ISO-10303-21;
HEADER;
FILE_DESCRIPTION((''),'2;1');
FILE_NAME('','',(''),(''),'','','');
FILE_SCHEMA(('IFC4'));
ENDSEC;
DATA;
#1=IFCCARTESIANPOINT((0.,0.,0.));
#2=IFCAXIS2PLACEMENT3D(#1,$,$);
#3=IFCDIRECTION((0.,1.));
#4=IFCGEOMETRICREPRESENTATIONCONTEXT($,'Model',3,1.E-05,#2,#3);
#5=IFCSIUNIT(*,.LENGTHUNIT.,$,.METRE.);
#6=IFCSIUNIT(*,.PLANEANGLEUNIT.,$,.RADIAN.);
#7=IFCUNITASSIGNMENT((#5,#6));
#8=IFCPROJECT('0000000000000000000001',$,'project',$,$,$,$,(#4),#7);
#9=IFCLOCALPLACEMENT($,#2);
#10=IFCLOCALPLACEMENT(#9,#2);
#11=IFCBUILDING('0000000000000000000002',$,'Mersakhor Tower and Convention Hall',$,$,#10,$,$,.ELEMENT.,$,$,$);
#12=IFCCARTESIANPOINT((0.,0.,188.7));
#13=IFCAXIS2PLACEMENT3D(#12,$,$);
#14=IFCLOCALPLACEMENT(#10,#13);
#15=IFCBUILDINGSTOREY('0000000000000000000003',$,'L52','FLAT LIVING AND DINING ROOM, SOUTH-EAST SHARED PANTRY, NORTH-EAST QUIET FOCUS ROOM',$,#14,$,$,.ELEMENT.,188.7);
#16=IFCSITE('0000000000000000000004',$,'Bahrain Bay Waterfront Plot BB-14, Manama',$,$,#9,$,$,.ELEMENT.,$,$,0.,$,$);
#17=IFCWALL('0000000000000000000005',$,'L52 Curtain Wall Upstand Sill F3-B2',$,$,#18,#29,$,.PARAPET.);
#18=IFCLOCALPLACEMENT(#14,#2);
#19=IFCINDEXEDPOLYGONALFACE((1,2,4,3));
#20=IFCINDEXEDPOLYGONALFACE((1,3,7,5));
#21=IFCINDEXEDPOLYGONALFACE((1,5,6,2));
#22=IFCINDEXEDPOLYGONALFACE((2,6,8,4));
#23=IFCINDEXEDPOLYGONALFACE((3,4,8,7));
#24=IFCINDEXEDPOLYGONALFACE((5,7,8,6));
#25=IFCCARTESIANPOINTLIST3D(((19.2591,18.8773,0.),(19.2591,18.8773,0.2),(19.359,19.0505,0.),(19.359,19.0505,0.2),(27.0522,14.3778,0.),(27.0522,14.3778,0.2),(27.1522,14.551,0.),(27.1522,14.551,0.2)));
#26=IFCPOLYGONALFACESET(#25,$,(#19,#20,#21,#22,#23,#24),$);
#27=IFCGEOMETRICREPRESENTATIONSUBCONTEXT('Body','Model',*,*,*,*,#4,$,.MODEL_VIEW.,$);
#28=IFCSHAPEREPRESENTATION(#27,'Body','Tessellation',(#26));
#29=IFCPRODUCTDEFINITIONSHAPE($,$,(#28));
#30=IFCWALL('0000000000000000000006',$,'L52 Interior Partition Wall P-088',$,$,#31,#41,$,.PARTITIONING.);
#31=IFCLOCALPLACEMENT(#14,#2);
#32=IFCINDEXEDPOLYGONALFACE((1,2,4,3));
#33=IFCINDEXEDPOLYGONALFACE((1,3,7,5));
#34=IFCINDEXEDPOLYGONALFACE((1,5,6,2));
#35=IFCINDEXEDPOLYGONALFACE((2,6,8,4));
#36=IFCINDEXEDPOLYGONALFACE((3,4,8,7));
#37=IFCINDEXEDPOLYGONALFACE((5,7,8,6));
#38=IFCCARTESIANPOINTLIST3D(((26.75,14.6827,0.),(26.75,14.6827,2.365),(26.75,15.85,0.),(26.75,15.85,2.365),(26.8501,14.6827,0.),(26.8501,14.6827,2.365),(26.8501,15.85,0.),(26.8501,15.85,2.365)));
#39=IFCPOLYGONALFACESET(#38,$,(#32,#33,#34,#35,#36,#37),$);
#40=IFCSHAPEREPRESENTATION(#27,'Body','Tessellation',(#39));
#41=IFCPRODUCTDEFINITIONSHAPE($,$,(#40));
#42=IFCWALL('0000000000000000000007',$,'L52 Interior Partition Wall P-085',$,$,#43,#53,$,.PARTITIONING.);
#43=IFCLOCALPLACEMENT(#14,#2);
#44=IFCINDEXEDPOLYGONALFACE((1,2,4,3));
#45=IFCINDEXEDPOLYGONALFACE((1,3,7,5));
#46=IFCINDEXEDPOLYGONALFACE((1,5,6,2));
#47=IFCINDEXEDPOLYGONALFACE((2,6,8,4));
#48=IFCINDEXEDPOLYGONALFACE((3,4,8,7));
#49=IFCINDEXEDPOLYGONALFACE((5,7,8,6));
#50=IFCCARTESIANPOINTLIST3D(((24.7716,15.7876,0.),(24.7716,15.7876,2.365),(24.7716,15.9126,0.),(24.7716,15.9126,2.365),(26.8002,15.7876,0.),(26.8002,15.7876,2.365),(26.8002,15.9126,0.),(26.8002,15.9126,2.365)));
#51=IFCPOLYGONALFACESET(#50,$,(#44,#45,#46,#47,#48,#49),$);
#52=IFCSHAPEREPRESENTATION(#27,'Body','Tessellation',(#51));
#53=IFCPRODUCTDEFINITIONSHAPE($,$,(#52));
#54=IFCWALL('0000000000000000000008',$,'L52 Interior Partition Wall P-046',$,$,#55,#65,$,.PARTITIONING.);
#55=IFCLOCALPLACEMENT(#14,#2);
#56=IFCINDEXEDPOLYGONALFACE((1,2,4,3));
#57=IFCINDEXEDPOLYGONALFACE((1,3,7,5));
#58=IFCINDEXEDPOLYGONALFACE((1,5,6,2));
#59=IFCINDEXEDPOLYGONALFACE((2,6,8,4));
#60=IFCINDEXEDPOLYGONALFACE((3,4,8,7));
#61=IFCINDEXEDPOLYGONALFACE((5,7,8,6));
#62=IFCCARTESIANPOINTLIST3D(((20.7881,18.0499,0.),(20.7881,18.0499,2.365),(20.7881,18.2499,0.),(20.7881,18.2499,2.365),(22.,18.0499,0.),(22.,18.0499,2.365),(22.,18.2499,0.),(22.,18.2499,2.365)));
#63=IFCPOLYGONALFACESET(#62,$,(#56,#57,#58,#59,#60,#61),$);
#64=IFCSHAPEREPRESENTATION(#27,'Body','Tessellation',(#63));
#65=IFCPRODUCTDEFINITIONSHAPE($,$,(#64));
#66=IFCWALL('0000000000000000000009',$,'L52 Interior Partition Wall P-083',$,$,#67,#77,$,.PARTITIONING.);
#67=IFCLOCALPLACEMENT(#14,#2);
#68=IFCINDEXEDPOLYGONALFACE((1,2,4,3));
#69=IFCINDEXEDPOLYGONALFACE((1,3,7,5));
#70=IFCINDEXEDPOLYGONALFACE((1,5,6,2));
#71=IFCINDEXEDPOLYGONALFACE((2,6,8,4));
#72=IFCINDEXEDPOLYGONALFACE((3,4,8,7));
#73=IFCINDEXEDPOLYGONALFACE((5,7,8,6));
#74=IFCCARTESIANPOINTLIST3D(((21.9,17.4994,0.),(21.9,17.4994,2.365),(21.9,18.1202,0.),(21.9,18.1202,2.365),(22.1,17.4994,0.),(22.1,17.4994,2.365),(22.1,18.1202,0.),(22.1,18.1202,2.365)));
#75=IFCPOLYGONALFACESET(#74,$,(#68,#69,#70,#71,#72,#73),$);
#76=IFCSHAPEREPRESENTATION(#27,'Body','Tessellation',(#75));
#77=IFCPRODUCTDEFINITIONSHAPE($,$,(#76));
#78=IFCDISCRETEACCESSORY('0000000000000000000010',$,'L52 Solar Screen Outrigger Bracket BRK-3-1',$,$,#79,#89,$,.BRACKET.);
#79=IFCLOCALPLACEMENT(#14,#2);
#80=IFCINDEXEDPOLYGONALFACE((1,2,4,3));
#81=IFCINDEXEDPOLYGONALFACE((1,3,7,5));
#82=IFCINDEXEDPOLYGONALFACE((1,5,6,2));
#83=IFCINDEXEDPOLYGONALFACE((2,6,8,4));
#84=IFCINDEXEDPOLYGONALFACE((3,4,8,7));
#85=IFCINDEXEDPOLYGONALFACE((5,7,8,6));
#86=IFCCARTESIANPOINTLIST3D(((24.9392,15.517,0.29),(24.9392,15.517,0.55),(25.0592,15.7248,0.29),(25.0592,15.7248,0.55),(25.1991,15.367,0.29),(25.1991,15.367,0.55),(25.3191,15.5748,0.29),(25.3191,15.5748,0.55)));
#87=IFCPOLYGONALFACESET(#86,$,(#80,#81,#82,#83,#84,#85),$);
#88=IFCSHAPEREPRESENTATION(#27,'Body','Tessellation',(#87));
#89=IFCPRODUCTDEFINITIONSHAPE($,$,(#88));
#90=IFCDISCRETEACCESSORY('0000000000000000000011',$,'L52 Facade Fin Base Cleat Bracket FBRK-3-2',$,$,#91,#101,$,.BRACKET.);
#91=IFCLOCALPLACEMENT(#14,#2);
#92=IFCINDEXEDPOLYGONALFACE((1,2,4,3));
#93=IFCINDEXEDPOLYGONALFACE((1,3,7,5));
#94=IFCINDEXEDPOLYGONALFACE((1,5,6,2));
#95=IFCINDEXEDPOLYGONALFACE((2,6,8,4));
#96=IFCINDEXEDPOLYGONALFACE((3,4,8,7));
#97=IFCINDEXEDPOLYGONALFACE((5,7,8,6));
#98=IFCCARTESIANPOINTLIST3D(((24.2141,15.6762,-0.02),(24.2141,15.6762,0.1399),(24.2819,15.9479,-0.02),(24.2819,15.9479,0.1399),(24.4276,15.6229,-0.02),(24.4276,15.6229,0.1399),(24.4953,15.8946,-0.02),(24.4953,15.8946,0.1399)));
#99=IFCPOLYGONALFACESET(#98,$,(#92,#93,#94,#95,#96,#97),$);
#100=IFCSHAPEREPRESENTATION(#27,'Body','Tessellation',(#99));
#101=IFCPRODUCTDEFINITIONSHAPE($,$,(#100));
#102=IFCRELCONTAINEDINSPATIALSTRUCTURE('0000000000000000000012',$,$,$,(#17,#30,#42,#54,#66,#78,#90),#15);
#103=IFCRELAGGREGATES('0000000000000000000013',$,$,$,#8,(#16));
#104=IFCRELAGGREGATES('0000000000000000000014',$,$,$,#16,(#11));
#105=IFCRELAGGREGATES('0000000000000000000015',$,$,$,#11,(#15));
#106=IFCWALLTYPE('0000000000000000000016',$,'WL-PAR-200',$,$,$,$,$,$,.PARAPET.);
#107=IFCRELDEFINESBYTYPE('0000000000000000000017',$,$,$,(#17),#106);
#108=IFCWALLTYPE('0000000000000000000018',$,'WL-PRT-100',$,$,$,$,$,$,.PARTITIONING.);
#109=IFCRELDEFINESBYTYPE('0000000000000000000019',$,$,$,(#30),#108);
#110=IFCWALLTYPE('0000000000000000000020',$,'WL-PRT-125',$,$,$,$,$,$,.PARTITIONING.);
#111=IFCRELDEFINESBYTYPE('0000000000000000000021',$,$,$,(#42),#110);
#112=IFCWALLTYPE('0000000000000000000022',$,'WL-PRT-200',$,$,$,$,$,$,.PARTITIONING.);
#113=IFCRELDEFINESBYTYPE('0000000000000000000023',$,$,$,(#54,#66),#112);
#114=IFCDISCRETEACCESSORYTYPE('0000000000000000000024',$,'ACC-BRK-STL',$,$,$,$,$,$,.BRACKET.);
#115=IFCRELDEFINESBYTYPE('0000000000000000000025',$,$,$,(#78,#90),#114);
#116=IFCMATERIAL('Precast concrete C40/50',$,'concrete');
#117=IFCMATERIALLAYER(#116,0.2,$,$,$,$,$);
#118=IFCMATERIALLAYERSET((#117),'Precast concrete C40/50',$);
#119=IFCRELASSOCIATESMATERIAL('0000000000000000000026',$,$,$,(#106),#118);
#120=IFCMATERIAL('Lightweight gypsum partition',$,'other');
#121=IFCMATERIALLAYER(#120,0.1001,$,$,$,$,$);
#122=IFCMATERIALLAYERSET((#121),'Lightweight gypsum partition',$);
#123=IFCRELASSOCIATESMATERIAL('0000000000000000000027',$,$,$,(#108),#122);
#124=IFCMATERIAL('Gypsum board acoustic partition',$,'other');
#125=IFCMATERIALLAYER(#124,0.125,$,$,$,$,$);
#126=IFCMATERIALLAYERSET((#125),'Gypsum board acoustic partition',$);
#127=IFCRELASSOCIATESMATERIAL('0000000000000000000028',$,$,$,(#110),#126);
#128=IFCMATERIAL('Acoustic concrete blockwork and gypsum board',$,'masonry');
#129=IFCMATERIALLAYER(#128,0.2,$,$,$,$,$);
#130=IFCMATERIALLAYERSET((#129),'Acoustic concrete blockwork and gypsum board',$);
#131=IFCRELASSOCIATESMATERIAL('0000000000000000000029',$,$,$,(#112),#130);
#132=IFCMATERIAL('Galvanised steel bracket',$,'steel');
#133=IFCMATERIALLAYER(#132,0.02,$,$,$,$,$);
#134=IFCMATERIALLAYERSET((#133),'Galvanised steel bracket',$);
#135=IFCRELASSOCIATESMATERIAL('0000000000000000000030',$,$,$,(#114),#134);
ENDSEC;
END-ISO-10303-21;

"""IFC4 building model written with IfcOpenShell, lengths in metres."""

from ifc_helpers import new_model, si_unit, direction, frame, frame_2d, origin, origin_2d, place, context, subcontext, project, spatial, rectangle, extrude, material, layer, layer_set, type_object, element, save


model = new_model("IFC4")

# Units and contexts
model_context = context("Model", 3, precision=1e-05, world=origin(), true_north=direction((0.0, 1.0)))
body_context = subcontext(model_context, "Body", "Model", "MODEL_VIEW")
ifc_project = project(units=[si_unit("LENGTHUNIT", "METRE"), si_unit("PLANEANGLEUNIT", "RADIAN")], contexts=[model_context])

# Site, building, storey
site_placement = place(None, origin())
site = spatial("IfcSite", under=ifc_project, at=site_placement, Name="Bahrain Bay Waterfront Plot BB-14, Manama", CompositionType="ELEMENT", RefElevation=0.0)
building_placement = place(site_placement, origin())
building = spatial("IfcBuilding", under=site, at=building_placement, Name="Mersakhor Tower and Convention Hall", CompositionType="ELEMENT")
storey_placement = place(building_placement, frame((0.0, 0.0, 188.7)))
storey = spatial("IfcBuildingStorey", under=building, at=storey_placement, Name="L52", Description="FLAT LIVING AND DINING ROOM, SOUTH-EAST SHARED PANTRY, NORTH-EAST QUIET FOCUS ROOM", CompositionType="ELEMENT", Elevation=188.7)

# Walls
ifc_material_1 = material(Name="Precast concrete C40/50", Category="concrete")
ifc_layer_1 = layer(ifc_material_1, 0.2)
ifc_layer_set_1 = layer_set([ifc_layer_1], Name="Precast concrete C40/50")
wall_type_1 = type_object("IfcWallType", Name="WL-PAR-200", PredefinedType="PARAPET", material=ifc_layer_set_1)
wall_1_placement = place(storey_placement, frame((27.1023, 14.4644, 0.0), z_axis=(0.0, 0.0, 1.0), x_axis=(-0.866021, 0.500008, 0.0)))
element("IfcWall", 1, at=wall_1_placement, inside=storey, type_object=wall_type_1, Name="L52 Curtain Wall Upstand Sill F3-B2", PredefinedType="PARAPET", context=body_context, shape_type="SweptSolid", body=[
    extrude(rectangle(XDim=8.9988, YDim=0.2, at=frame_2d((4.4995, 0.0))), origin(), (0.0, 0.0, 1.0), 0.2),
])
ifc_material_2 = material(Name="Lightweight gypsum partition", Category="other")
ifc_layer_2 = layer(ifc_material_2, 0.1001)
ifc_layer_set_2 = layer_set([ifc_layer_2], Name="Lightweight gypsum partition")
wall_type_2 = type_object("IfcWallType", Name="WL-PRT-100", PredefinedType="PARTITIONING", material=ifc_layer_set_2)
wall_2_placement = place(storey_placement, frame((26.8, 14.6829, 0.0), z_axis=(0.0, 0.0, 1.0), x_axis=(0.0, 1.0, 0.0)))
element("IfcWall", 2, at=wall_2_placement, inside=storey, type_object=wall_type_2, Name="L52 Interior Partition Wall P-088", PredefinedType="PARTITIONING", context=body_context, shape_type="SweptSolid", body=[
    extrude(rectangle(XDim=1.1672, YDim=0.1001, at=frame_2d((0.5835, 0.0))), origin(), (0.0, 0.0, 1.0), 2.365),
])
ifc_material_3 = material(Name="Gypsum board acoustic partition", Category="other")
ifc_layer_3 = layer(ifc_material_3, 0.125)
ifc_layer_set_3 = layer_set([ifc_layer_3], Name="Gypsum board acoustic partition")
wall_type_3 = type_object("IfcWallType", Name="WL-PRT-125", PredefinedType="PARTITIONING", material=ifc_layer_set_3)
wall_3_placement = place(storey_placement, frame((26.8, 15.8501, 0.0), z_axis=(0.0, 0.0, 1.0), x_axis=(-1.0, 0.0, 0.0)))
element("IfcWall", 3, at=wall_3_placement, inside=storey, type_object=wall_type_3, Name="L52 Interior Partition Wall P-085", PredefinedType="PARTITIONING", context=body_context, shape_type="SweptSolid", body=[
    extrude(rectangle(XDim=2.0286, YDim=0.125, at=frame_2d((1.0142, 0.0))), origin(), (0.0, 0.0, 1.0), 2.365),
])
ifc_material_4 = material(Name="Acoustic concrete blockwork and gypsum board", Category="masonry")
ifc_layer_4 = layer(ifc_material_4, 0.2)
ifc_layer_set_4 = layer_set([ifc_layer_4], Name="Acoustic concrete blockwork and gypsum board")
wall_type_4 = type_object("IfcWallType", Name="WL-PRT-200", PredefinedType="PARTITIONING", material=ifc_layer_set_4)
wall_4_placement = place(storey_placement, frame((22.0, 18.1499, 0.0), z_axis=(0.0, 0.0, 1.0), x_axis=(-1.0, 0.0, 0.0)))
element("IfcWall", 4, at=wall_4_placement, inside=storey, type_object=wall_type_4, Name="L52 Interior Partition Wall P-046", PredefinedType="PARTITIONING", context=body_context, shape_type="SweptSolid", body=[
    extrude(rectangle(XDim=1.2119, YDim=0.2, at=frame_2d((0.606, 0.0))), origin(), (0.0, 0.0, 1.0), 2.365),
])
wall_5_placement = place(storey_placement, frame((22.0, 17.4993, 0.0), z_axis=(0.0, 0.0, 1.0), x_axis=(0.0, 1.0, 0.0)))
element("IfcWall", 5, at=wall_5_placement, inside=storey, type_object=wall_type_4, Name="L52 Interior Partition Wall P-083", PredefinedType="PARTITIONING", context=body_context, shape_type="SweptSolid", body=[
    extrude(rectangle(XDim=0.6208, YDim=0.2, at=frame_2d((0.3105, 0.0))), origin(), (0.0, 0.0, 1.0), 2.365),
])

# Discrete accessories
ifc_material_5 = material(Name="Galvanised steel bracket", Category="steel")
ifc_layer_5 = layer(ifc_material_5, 0.02)
ifc_layer_set_5 = layer_set([ifc_layer_5], Name="Galvanised steel bracket")
discrete_accessory_type = type_object("IfcDiscreteAccessoryType", Name="ACC-BRK-STL", PredefinedType="BRACKET", material=ifc_layer_set_5)
discrete_accessory_1_placement = place(storey_placement, frame((25.1292, 15.5459, 0.29), z_axis=(0.0, 0.0, 1.0), x_axis=(-0.866025, 0.5, 0.0)))
element("IfcDiscreteAccessory", 6, at=discrete_accessory_1_placement, inside=storey, type_object=discrete_accessory_type, Name="L52 Solar Screen Outrigger Bracket BRK-3-1", PredefinedType="BRACKET", context=body_context, shape_type="SweptSolid", body=[
    extrude(rectangle(XDim=0.3, YDim=0.24, at=origin_2d()), origin(), (0.0, 0.0, 1.0), 0.26),
])
discrete_accessory_2_placement = place(storey_placement, frame((24.3547, 15.7854, -0.02), z_axis=(0.0, 0.0, 1.0), x_axis=(-0.241922, -0.970296, 0.0)))
element("IfcDiscreteAccessory", 7, at=discrete_accessory_2_placement, inside=storey, type_object=discrete_accessory_type, Name="L52 Facade Fin Base Cleat Bracket FBRK-3-2", PredefinedType="BRACKET", context=body_context, shape_type="SweptSolid", body=[
    extrude(rectangle(XDim=0.28, YDim=0.22, at=origin_2d()), origin(), (0.0, 0.0, 1.0), 0.1599),
])

save(model, "model.ifc")
